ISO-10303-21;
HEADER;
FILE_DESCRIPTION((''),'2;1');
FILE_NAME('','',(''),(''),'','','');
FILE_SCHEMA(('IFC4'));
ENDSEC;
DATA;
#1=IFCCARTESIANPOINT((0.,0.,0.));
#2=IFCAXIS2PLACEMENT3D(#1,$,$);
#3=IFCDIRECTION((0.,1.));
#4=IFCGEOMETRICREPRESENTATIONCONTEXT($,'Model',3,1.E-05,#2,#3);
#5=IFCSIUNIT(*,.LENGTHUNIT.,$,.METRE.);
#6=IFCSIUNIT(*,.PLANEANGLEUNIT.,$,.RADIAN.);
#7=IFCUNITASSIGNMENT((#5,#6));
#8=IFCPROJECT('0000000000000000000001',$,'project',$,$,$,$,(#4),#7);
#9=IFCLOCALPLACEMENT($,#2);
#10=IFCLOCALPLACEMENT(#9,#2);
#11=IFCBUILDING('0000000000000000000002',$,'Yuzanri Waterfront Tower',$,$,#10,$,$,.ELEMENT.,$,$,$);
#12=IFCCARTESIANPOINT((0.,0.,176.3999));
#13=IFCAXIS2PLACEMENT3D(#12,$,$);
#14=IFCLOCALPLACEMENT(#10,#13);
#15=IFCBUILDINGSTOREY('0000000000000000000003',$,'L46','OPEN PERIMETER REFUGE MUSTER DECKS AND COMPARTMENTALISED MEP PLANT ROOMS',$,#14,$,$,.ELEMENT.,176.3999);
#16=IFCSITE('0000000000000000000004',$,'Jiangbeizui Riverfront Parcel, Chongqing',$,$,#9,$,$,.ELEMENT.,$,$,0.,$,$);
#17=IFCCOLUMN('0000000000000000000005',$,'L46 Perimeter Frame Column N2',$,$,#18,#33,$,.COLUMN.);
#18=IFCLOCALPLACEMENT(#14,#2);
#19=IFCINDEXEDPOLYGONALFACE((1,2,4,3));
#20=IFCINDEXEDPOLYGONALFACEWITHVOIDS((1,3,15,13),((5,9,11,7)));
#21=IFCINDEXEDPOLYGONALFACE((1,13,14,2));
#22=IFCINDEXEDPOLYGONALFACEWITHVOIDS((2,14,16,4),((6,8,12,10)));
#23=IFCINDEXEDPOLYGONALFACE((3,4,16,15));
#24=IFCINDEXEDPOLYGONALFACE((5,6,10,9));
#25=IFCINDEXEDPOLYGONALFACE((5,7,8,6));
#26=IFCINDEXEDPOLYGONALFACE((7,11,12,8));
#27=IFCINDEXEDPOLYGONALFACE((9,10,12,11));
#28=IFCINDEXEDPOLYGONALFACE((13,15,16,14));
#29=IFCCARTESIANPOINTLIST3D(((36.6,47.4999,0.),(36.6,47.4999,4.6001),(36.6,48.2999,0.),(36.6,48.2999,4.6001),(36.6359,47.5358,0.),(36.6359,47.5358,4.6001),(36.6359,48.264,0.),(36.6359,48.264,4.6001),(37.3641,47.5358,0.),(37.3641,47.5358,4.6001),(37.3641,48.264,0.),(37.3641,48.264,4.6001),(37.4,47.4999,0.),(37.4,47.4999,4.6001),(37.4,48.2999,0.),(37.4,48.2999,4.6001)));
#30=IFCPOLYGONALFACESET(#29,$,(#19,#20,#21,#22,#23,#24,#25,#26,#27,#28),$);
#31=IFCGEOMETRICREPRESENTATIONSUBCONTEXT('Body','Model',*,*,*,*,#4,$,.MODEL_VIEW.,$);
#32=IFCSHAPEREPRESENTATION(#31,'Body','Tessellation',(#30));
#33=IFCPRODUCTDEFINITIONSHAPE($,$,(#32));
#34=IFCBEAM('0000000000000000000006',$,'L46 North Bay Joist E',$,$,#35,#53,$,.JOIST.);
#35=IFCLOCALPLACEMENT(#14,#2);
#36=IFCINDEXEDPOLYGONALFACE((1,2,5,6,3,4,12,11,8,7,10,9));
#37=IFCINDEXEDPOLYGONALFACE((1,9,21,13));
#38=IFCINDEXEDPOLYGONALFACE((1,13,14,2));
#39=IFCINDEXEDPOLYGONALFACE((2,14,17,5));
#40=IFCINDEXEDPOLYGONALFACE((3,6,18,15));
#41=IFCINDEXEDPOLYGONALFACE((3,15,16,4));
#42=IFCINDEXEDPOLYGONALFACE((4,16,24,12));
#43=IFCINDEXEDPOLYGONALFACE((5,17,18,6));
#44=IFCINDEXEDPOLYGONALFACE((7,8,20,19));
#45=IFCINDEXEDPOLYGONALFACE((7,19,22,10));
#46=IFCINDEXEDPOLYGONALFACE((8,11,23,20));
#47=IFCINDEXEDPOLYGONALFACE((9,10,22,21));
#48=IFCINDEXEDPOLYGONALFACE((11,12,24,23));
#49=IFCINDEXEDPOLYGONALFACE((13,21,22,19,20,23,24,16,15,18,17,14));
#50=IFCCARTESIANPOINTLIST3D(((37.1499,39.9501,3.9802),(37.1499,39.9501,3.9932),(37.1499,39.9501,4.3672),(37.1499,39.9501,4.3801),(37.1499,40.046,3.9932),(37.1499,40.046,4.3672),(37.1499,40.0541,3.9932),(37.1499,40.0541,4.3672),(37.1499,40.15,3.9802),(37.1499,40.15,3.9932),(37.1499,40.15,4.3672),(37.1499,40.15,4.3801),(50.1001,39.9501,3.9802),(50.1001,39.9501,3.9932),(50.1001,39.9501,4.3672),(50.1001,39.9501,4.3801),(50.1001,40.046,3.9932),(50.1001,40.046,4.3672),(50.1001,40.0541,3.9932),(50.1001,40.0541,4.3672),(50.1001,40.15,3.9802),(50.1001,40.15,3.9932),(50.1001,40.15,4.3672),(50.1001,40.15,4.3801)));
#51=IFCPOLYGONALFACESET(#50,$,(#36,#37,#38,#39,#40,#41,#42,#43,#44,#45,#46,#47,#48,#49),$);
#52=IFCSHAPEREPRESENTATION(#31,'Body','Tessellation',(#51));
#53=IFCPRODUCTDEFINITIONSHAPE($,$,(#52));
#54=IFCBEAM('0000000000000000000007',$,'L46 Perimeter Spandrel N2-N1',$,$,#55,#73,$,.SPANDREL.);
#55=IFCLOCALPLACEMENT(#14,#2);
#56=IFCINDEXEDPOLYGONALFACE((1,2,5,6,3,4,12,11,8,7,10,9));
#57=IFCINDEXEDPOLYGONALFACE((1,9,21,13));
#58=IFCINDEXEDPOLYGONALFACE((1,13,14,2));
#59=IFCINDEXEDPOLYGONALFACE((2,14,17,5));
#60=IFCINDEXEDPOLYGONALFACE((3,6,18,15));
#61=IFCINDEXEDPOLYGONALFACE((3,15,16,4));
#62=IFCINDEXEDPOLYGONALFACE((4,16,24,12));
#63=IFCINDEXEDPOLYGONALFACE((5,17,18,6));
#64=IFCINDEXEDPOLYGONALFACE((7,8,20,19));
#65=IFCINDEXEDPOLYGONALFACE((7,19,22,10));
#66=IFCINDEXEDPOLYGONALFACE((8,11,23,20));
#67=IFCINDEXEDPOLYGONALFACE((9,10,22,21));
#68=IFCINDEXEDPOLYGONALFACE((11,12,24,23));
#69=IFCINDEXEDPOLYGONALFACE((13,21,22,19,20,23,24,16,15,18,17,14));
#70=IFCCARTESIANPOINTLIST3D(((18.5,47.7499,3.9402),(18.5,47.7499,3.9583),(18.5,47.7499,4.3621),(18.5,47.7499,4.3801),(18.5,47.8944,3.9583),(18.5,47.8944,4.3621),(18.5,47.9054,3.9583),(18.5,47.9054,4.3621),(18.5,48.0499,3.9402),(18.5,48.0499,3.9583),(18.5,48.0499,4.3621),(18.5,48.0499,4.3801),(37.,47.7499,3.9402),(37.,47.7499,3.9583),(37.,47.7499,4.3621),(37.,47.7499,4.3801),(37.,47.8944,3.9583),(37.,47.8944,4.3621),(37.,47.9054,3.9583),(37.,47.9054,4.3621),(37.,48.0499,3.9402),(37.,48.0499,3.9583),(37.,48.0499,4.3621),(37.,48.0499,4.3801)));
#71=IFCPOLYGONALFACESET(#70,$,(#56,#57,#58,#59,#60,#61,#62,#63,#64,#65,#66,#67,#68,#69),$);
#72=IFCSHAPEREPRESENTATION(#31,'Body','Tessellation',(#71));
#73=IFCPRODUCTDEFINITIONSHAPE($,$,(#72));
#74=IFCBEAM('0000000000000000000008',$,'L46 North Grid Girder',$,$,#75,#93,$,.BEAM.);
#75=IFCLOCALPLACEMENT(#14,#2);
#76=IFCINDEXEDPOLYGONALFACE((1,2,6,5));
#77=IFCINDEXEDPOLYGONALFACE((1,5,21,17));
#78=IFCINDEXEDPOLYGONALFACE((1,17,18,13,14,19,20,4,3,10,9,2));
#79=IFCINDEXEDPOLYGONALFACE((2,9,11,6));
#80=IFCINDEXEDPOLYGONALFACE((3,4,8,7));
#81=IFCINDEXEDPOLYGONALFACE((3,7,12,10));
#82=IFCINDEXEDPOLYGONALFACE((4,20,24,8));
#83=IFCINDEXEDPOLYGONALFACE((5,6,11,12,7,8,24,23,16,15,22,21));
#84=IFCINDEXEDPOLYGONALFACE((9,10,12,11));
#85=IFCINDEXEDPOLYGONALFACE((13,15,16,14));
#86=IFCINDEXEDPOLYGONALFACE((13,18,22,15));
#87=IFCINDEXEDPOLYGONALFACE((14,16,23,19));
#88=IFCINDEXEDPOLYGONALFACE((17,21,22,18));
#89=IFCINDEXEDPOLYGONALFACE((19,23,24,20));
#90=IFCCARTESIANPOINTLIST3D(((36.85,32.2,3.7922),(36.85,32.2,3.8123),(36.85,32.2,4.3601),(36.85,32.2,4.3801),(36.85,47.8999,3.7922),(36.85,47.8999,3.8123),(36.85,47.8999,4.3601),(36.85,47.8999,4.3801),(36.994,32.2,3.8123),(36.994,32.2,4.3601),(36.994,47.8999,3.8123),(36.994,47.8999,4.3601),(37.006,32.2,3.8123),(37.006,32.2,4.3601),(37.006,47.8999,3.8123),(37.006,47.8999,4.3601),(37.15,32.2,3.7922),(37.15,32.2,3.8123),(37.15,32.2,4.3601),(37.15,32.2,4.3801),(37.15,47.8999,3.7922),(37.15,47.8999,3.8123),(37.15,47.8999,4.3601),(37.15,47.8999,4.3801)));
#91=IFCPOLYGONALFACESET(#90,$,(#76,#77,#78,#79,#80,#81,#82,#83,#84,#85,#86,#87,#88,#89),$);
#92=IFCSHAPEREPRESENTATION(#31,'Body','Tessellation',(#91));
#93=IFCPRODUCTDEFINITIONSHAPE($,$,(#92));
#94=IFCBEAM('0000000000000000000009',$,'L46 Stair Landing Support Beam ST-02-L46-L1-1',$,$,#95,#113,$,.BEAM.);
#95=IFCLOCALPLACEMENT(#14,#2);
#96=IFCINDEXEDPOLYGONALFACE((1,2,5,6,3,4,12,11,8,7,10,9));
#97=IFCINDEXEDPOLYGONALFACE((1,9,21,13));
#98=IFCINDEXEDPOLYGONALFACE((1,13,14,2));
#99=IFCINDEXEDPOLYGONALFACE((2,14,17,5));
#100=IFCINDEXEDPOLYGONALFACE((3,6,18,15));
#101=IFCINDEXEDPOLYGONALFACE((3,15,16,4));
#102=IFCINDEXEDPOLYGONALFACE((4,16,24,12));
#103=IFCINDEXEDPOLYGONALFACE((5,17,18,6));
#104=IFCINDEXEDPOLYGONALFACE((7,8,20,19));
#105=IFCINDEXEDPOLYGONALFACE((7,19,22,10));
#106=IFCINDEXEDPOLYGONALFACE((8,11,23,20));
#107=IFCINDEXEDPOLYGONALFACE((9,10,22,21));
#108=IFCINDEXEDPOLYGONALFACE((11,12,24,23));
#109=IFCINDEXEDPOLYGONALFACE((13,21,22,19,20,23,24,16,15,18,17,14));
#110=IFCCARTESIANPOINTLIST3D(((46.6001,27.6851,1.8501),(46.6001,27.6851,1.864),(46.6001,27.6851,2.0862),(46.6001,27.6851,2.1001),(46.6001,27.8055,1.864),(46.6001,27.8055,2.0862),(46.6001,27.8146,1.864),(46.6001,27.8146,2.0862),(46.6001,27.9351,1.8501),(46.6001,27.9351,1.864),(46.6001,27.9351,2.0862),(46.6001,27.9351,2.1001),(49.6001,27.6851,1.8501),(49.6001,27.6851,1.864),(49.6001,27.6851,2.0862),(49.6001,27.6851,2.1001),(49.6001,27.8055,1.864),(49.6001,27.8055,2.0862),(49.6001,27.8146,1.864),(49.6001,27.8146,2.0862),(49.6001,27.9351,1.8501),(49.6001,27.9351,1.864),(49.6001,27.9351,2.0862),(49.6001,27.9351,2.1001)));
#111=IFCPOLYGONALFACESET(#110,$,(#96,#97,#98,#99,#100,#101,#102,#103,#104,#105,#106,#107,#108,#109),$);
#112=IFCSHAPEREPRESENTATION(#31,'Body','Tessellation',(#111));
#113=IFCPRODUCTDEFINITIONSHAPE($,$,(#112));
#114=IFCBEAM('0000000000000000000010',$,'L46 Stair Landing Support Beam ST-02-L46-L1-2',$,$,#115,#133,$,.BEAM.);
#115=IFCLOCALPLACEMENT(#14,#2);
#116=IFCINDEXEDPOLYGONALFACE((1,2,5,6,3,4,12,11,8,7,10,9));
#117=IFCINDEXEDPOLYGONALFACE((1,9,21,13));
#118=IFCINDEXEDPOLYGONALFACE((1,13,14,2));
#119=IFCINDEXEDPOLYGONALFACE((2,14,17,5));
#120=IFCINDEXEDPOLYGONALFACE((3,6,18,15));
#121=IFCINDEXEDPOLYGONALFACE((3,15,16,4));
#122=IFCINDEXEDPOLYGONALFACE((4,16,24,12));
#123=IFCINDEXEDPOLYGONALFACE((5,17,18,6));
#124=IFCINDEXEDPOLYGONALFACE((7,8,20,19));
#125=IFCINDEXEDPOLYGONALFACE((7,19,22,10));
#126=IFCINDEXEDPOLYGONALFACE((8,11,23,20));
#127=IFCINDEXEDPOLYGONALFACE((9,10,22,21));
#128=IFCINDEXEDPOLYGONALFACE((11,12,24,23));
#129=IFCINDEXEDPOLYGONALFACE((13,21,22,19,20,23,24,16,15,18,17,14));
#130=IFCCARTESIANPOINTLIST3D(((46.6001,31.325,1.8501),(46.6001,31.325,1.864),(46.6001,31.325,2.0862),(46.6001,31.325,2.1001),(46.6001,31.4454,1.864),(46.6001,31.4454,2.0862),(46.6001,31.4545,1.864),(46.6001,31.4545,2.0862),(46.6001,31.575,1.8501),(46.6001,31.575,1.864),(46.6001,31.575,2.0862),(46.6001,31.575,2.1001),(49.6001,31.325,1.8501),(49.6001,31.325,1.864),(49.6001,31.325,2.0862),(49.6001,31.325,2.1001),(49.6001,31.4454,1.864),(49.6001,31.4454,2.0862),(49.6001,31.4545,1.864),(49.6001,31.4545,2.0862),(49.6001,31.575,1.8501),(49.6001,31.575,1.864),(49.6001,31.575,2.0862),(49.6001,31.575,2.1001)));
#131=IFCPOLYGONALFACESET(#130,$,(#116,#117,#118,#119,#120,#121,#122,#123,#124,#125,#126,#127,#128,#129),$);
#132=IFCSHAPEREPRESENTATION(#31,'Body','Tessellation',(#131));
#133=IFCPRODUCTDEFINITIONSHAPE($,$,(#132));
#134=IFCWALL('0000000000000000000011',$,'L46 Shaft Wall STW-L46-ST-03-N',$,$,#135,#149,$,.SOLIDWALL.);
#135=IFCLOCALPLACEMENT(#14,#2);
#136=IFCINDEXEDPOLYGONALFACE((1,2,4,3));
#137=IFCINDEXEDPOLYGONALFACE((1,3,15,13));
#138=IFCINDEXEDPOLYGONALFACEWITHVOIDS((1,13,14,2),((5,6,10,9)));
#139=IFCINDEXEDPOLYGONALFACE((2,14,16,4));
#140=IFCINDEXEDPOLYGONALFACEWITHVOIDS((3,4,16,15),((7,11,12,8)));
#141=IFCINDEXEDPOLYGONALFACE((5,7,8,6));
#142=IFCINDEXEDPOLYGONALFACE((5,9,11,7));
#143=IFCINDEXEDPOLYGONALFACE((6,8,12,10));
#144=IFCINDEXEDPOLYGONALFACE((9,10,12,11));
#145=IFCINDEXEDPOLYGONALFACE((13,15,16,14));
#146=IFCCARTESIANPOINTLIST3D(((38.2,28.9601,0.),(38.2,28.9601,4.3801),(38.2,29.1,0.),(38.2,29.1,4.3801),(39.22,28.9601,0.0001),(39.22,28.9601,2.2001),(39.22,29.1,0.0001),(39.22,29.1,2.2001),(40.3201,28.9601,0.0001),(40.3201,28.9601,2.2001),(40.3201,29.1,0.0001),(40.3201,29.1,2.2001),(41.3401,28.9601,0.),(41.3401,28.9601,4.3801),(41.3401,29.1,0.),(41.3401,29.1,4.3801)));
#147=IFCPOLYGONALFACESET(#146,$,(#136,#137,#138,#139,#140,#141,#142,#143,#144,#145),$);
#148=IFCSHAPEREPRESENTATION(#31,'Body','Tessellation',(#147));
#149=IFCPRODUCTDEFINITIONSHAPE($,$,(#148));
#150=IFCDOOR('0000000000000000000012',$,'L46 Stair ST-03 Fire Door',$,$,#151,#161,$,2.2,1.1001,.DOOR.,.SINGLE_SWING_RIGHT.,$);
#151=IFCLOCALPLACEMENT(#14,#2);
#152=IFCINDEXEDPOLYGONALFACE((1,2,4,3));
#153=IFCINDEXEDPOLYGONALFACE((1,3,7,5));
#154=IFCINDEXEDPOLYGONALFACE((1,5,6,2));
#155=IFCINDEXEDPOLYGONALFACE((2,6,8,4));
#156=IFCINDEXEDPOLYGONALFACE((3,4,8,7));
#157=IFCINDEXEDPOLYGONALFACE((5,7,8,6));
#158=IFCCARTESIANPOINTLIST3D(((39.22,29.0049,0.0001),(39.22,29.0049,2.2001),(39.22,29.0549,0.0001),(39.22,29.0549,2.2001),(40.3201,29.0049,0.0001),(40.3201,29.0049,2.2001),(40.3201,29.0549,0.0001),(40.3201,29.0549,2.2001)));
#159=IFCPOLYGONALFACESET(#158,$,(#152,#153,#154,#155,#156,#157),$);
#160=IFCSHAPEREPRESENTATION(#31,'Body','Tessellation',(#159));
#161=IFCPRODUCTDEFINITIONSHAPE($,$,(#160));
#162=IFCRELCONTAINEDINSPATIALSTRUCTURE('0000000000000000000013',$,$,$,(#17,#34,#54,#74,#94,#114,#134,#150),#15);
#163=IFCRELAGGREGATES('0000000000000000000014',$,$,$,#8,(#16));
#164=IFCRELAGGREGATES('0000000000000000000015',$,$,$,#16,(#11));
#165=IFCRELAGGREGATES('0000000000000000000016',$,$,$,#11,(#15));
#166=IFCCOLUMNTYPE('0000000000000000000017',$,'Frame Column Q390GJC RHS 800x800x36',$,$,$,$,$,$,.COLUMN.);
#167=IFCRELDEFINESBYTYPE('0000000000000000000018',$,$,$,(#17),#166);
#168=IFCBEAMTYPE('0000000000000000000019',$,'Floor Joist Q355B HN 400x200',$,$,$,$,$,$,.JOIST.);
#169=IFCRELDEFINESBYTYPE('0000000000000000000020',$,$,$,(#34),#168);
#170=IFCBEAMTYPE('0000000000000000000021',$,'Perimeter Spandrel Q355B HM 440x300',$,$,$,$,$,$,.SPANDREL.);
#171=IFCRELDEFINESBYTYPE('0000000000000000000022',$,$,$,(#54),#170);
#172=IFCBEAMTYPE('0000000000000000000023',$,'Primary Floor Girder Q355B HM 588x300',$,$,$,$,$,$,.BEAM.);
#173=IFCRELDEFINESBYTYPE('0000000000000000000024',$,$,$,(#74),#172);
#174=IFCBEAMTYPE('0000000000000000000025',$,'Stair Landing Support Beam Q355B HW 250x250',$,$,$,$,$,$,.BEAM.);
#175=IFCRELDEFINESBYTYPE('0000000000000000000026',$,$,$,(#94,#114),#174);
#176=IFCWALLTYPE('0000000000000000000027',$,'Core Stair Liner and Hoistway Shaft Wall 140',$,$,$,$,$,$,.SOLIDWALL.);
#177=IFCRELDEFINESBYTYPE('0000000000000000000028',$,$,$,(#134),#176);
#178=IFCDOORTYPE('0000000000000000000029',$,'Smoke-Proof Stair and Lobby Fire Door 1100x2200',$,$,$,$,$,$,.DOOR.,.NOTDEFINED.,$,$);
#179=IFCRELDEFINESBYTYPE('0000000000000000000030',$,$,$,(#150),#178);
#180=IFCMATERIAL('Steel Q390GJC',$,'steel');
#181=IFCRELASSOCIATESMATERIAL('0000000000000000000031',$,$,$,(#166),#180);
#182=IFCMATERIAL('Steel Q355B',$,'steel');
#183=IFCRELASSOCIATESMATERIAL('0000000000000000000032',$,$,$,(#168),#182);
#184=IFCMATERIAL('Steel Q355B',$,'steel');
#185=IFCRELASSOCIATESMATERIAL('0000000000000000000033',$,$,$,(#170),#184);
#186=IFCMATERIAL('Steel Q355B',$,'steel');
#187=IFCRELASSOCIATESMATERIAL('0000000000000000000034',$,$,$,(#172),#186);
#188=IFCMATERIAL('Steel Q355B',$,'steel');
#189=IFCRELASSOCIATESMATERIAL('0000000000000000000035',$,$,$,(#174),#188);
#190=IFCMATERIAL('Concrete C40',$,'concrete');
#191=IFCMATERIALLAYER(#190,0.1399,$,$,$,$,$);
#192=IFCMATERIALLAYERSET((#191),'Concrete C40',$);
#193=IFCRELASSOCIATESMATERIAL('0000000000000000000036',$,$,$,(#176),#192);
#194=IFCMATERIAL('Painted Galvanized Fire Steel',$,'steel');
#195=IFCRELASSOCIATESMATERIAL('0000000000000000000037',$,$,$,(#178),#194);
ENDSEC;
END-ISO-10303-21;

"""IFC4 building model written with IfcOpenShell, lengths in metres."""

from ifc_helpers import new_model, si_unit, direction, frame, frame_2d, origin, origin_2d, place, context, subcontext, project, spatial, rectangle, hollow_rectangle, i_section, extrude, source, transform, mapped, material, layer, layer_set, material_profile, profile_set, type_object, element, fill, save


model = new_model("IFC4")

# Units and contexts
model_context = context("Model", 3, precision=1e-05, world=origin(), true_north=direction((0.0, 1.0)))
body_context = subcontext(model_context, "Body", "Model", "MODEL_VIEW")
ifc_project = project(units=[si_unit("LENGTHUNIT", "METRE"), si_unit("PLANEANGLEUNIT", "RADIAN")], contexts=[model_context])

# Site, building, storey
site_placement = place(None, origin())
site = spatial("IfcSite", under=ifc_project, at=site_placement, Name="Jiangbeizui Riverfront Parcel, Chongqing", CompositionType="ELEMENT", RefElevation=0.0)
building_placement = place(site_placement, origin())
building = spatial("IfcBuilding", under=site, at=building_placement, Name="Yuzanri Waterfront Tower", CompositionType="ELEMENT")
storey_placement = place(building_placement, frame((0.0, 0.0, 176.3999)))
storey = spatial("IfcBuildingStorey", under=building, at=storey_placement, Name="L46", Description="OPEN PERIMETER REFUGE MUSTER DECKS AND COMPARTMENTALISED MEP PLANT ROOMS", CompositionType="ELEMENT", Elevation=176.3999)

# Column
ifc_material_1 = material(Name="Steel Q390GJC", Category="steel")
ifc_material_profile_1 = material_profile(ifc_material_1, hollow_rectangle(XDim=0.8, YDim=0.8, WallThickness=0.0359, at=origin_2d()), Name="RHS 800x800x36")
ifc_profile_set_1 = profile_set([ifc_material_profile_1], Name="Steel Q390GJC")
column_type = type_object("IfcColumnType", Name="Frame Column Q390GJC RHS 800x800x36", PredefinedType="COLUMN", material=ifc_profile_set_1)
shared_shape_1 = source(origin(), body_context, "Body", "SweptSolid", [
    extrude(hollow_rectangle(XDim=0.8, YDim=0.8, WallThickness=0.0359, at=origin_2d()), origin(), (0.0, 0.0, 1.0), 4.6001),
])
column_placement = place(storey_placement, frame((37.0, 47.8999, 0.0), z_axis=(0.0, 0.0, 1.0), x_axis=(1.0, 0.0, 0.0)))
element("IfcColumn", 1, at=column_placement, inside=storey, type_object=column_type, Name="L46 Perimeter Frame Column N2", PredefinedType="COLUMN", context=body_context, shape_type="MappedRepresentation", body=[
    mapped(shared_shape_1, transform((0.0, 0.0, 0.0), scale=1.0)),
])

# Beams
ifc_material_2 = material(Name="Steel Q355B", Category="steel")
ifc_material_profile_2 = material_profile(ifc_material_2, i_section(OverallWidth=0.2, OverallDepth=0.3999, WebThickness=0.0081, FlangeThickness=0.0129, at=origin_2d()), Name="HN 400x200x8x13")
ifc_profile_set_2 = profile_set([ifc_material_profile_2], Name="Steel Q355B")
beam_type_1 = type_object("IfcBeamType", Name="Floor Joist Q355B HN 400x200", PredefinedType="JOIST", material=ifc_profile_set_2)
shared_shape_2 = source(origin(), body_context, "Body", "SweptSolid", [
    extrude(i_section(OverallWidth=0.2, OverallDepth=0.3999, WebThickness=0.0081, FlangeThickness=0.0129, at=origin_2d()), origin(), (0.0, 0.0, 1.0), 12.9502),
])
beam_1_placement = place(storey_placement, frame((37.1499, 40.05, 4.1802), z_axis=(1.0, 0.0, 0.0), x_axis=(0.0, 1.0, 0.0)))
element("IfcBeam", 2, at=beam_1_placement, inside=storey, type_object=beam_type_1, Name="L46 North Bay Joist E", PredefinedType="JOIST", context=body_context, shape_type="MappedRepresentation", body=[
    mapped(shared_shape_2, transform((0.0, 0.0, 0.0), scale=1.0)),
])
ifc_material_3 = material(Name="Steel Q355B", Category="steel")
ifc_material_profile_3 = material_profile(ifc_material_3, i_section(OverallWidth=0.3, OverallDepth=0.4399, WebThickness=0.011, FlangeThickness=0.0181, at=origin_2d()), Name="HM 440x300x11x18")
ifc_profile_set_3 = profile_set([ifc_material_profile_3], Name="Steel Q355B")
beam_type_2 = type_object("IfcBeamType", Name="Perimeter Spandrel Q355B HM 440x300", PredefinedType="SPANDREL", material=ifc_profile_set_3)
shared_shape_3 = source(origin(), body_context, "Body", "SweptSolid", [
    extrude(i_section(OverallWidth=0.3, OverallDepth=0.4399, WebThickness=0.011, FlangeThickness=0.0181, at=origin_2d()), origin(), (0.0, 0.0, 1.0), 18.5),
])
beam_2_placement = place(storey_placement, frame((37.0, 47.8999, 4.1602), z_axis=(-1.0, 0.0, 0.0), x_axis=(0.0, -1.0, 0.0)))
element("IfcBeam", 3, at=beam_2_placement, inside=storey, type_object=beam_type_2, Name="L46 Perimeter Spandrel N2-N1", PredefinedType="SPANDREL", context=body_context, shape_type="MappedRepresentation", body=[
    mapped(shared_shape_3, transform((0.0, 0.0, 0.0), scale=1.0)),
])
ifc_material_4 = material(Name="Steel Q355B", Category="steel")
ifc_material_profile_4 = material_profile(ifc_material_4, i_section(OverallWidth=0.3, OverallDepth=0.5879, WebThickness=0.012, FlangeThickness=0.02, at=origin_2d()), Name="HM 588x300x12x20")
ifc_profile_set_4 = profile_set([ifc_material_profile_4], Name="Steel Q355B")
beam_type_3 = type_object("IfcBeamType", Name="Primary Floor Girder Q355B HM 588x300", PredefinedType="BEAM", material=ifc_profile_set_4)
shared_shape_4 = source(origin(), body_context, "Body", "SweptSolid", [
    extrude(i_section(OverallWidth=0.3, OverallDepth=0.5879, WebThickness=0.012, FlangeThickness=0.02, at=origin_2d()), origin(), (0.0, 0.0, 1.0), 15.7),
])
beam_3_placement = place(storey_placement, frame((37.0, 32.2, 4.0862), z_axis=(0.0, 1.0, 0.0), x_axis=(-1.0, 0.0, 0.0)))
element("IfcBeam", 4, at=beam_3_placement, inside=storey, type_object=beam_type_3, Name="L46 North Grid Girder", PredefinedType="BEAM", context=body_context, shape_type="MappedRepresentation", body=[
    mapped(shared_shape_4, transform((0.0, 0.0, 0.0), scale=1.0)),
])
ifc_material_5 = material(Name="Steel Q355B", Category="steel")
ifc_material_profile_5 = material_profile(ifc_material_5, i_section(OverallWidth=0.25, OverallDepth=0.25, WebThickness=0.009, FlangeThickness=0.0139, at=origin_2d()), Name="HW 250x250x9x14")
ifc_profile_set_5 = profile_set([ifc_material_profile_5], Name="Steel Q355B")
beam_type_4 = type_object("IfcBeamType", Name="Stair Landing Support Beam Q355B HW 250x250", PredefinedType="BEAM", material=ifc_profile_set_5)
shared_shape_5 = source(origin(), body_context, "Body", "SweptSolid", [
    extrude(i_section(OverallWidth=0.25, OverallDepth=0.25, WebThickness=0.009, FlangeThickness=0.0139, at=origin_2d()), origin(), (0.0, 0.0, 1.0), 3.0),
])
for number, where, z_axis, x_axis, name in (
    (5, (46.6001, 27.8101, 1.9751), (1.0, 0.0, 0.0), (0.0, 1.0, 0.0), "L46 Stair Landing Support Beam ST-02-L46-L1-1"),
    (6, (46.6001, 31.45, 1.9751), (1.0, 0.0, 0.0), (0.0, 1.0, 0.0), "L46 Stair Landing Support Beam ST-02-L46-L1-2"),
):
    element("IfcBeam", number, at=place(storey_placement, frame(where, z_axis=z_axis, x_axis=x_axis)), inside=storey, type_object=beam_type_4, Name=name, PredefinedType="BEAM", context=body_context, shape_type="MappedRepresentation", body=[
        mapped(shared_shape_5, transform((0.0, 0.0, 0.0), scale=1.0)),
    ])

# Wall, opening, door
ifc_material_6 = material(Name="Concrete C40", Category="concrete")
ifc_layer_1 = layer(ifc_material_6, 0.1399)
ifc_layer_set_1 = layer_set([ifc_layer_1], Name="Concrete C40")
wall_type_1 = type_object("IfcWallType", Name="Core Stair Liner and Hoistway Shaft Wall 140", PredefinedType="SOLIDWALL", material=ifc_layer_set_1)
wall_1_placement = place(storey_placement, frame((38.2, 29.03, 0.0), z_axis=(0.0, 0.0, 1.0), x_axis=(1.0, 0.0, 0.0)))
wall_1 = element("IfcWall", 7, at=wall_1_placement, inside=storey, type_object=wall_type_1, Name="L46 Shaft Wall STW-L46-ST-03-N", PredefinedType="SOLIDWALL", context=body_context, shape_type="SweptSolid", body=[
    extrude(rectangle(XDim=3.1401, YDim=0.1399, at=frame_2d((1.5701, 0.0))), origin(), (0.0, 0.0, 1.0), 4.3801),
])
opening_1_placement = place(wall_1_placement, frame((1.02, 0.0, 0.0)))
opening_1 = element("IfcOpeningElement", 8, at=opening_1_placement, cuts=wall_1, PredefinedType="OPENING", context=body_context, shape_type="SweptSolid", body=[
    extrude(rectangle(XDim=1.1001, YDim=2.2, at=frame_2d((0.55, 1.1001))), frame((0.0, 0.085, 0.0), z_axis=(0.0, -1.0, 0.0), x_axis=(1.0, 0.0, 0.0)), (0.0, 0.0, 1.0), 0.1697),
])
ifc_material_7 = material(Name="Painted Galvanized Fire Steel", Category="steel")
door_type_1 = type_object("IfcDoorType", Name="Smoke-Proof Stair and Lobby Fire Door 1100x2200", OperationType="NOTDEFINED", PredefinedType="DOOR", material=ifc_material_7)
shared_shape_6 = source(origin(), body_context, "Body", "SweptSolid", [
    extrude(rectangle(XDim=1.1001, YDim=2.2, at=frame_2d((0.55, 1.1001))), frame((0.0, 0.0249, 0.0), z_axis=(0.0, -1.0, 0.0), x_axis=(1.0, 0.0, 0.0)), (0.0, 0.0, 1.0), 0.05),
])
door_1_placement = place(opening_1_placement, origin())
door_1 = element("IfcDoor", 9, at=door_1_placement, inside=storey, type_object=door_type_1, Name="L46 Stair ST-03 Fire Door", OperationType="SINGLE_SWING_RIGHT", OverallHeight=2.2, OverallWidth=1.1001, PredefinedType="DOOR", context=body_context, shape_type="MappedRepresentation", body=[
    mapped(shared_shape_6, transform((0.0, 0.0, 0.0), scale=1.0)),
])
fill(opening_1, door_1)

save(model, "model.ifc")
